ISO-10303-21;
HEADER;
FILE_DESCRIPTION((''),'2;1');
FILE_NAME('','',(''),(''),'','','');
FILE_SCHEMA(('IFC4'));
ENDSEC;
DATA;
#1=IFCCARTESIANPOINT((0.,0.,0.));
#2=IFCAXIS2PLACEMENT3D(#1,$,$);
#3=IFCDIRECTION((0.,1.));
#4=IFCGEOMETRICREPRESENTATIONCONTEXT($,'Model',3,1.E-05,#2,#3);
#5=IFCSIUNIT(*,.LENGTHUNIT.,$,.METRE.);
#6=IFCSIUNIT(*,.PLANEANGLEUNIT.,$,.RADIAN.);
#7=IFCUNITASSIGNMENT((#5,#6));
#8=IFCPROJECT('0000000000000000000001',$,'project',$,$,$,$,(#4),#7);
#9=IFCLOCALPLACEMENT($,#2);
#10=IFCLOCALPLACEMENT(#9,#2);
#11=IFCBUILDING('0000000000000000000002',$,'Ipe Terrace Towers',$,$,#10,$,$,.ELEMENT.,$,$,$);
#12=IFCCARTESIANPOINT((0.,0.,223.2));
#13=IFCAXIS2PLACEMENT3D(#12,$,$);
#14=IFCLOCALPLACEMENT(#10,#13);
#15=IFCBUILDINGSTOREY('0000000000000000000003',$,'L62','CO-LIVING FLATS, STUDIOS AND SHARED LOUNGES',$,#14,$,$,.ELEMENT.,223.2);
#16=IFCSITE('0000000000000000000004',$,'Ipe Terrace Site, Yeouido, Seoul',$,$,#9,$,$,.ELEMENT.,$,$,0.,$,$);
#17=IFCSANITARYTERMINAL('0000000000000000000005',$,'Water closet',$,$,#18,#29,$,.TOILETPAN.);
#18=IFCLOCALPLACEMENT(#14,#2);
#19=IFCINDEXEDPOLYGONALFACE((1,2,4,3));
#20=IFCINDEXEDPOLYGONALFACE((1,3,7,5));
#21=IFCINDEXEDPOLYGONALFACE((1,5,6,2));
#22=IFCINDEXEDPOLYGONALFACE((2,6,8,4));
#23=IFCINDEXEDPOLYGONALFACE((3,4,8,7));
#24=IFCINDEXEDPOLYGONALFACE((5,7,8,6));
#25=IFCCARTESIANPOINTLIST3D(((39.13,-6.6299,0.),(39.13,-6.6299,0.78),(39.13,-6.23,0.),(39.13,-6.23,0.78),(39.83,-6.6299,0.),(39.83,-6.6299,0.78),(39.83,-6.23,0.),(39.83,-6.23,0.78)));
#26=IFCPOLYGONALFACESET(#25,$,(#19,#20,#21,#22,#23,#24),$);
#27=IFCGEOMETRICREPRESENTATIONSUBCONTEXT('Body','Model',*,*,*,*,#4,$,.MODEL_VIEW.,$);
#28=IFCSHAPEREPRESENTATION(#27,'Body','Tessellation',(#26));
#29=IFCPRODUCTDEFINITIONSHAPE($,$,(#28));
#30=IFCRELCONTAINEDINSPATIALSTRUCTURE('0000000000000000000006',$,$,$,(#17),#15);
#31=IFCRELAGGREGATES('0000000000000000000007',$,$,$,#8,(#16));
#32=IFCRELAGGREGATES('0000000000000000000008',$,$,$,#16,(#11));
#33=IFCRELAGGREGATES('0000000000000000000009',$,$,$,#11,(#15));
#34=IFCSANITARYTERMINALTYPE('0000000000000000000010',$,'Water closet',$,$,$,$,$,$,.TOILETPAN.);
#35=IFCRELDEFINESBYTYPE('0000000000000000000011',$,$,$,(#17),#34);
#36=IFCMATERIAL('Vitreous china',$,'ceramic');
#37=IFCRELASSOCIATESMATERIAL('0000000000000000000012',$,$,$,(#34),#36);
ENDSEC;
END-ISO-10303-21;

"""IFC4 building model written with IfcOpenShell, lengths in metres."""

from ifc_helpers import new_model, si_unit, direction, frame, origin, origin_2d, place, context, subcontext, project, spatial, rectangle, extrude, material, type_object, element, save


model = new_model("IFC4")

# Units and contexts
model_context = context("Model", 3, precision=1e-05, world=origin(), true_north=direction((0.0, 1.0)))
body_context = subcontext(model_context, "Body", "Model", "MODEL_VIEW")
ifc_project = project(units=[si_unit("LENGTHUNIT", "METRE"), si_unit("PLANEANGLEUNIT", "RADIAN")], contexts=[model_context])

# Site, building, storey
site_placement = place(None, origin())
site = spatial("IfcSite", under=ifc_project, at=site_placement, Name="Ipe Terrace Site, Yeouido, Seoul", CompositionType="ELEMENT", RefElevation=0.0)
building_placement = place(site_placement, origin())
building = spatial("IfcBuilding", under=site, at=building_placement, Name="Ipe Terrace Towers", CompositionType="ELEMENT")
storey_placement = place(building_placement, frame((0.0, 0.0, 223.2)))
storey = spatial("IfcBuildingStorey", under=building, at=storey_placement, Name="L62", Description="CO-LIVING FLATS, STUDIOS AND SHARED LOUNGES", CompositionType="ELEMENT", Elevation=223.2)

# Sanitary terminal
ifc_material_1 = material(Name="Vitreous china", Category="ceramic")
sanitary_terminal_type_1 = type_object("IfcSanitaryTerminalType", Name="Water closet", PredefinedType="TOILETPAN", material=ifc_material_1)
sanitary_terminal_1_placement = place(storey_placement, frame((39.48, -6.4299, 0.0), z_axis=(0.0, 0.0, 1.0), x_axis=(-1.0, 0.0, 0.0)))
element("IfcSanitaryTerminal", 1, at=sanitary_terminal_1_placement, inside=storey, type_object=sanitary_terminal_type_1, Name="Water closet", PredefinedType="TOILETPAN", context=body_context, shape_type="SweptSolid", body=[
    extrude(rectangle(XDim=0.7, YDim=0.3999, at=origin_2d()), origin(), (0.0, 0.0, 1.0), 0.78),
])

save(model, "model.ifc")
